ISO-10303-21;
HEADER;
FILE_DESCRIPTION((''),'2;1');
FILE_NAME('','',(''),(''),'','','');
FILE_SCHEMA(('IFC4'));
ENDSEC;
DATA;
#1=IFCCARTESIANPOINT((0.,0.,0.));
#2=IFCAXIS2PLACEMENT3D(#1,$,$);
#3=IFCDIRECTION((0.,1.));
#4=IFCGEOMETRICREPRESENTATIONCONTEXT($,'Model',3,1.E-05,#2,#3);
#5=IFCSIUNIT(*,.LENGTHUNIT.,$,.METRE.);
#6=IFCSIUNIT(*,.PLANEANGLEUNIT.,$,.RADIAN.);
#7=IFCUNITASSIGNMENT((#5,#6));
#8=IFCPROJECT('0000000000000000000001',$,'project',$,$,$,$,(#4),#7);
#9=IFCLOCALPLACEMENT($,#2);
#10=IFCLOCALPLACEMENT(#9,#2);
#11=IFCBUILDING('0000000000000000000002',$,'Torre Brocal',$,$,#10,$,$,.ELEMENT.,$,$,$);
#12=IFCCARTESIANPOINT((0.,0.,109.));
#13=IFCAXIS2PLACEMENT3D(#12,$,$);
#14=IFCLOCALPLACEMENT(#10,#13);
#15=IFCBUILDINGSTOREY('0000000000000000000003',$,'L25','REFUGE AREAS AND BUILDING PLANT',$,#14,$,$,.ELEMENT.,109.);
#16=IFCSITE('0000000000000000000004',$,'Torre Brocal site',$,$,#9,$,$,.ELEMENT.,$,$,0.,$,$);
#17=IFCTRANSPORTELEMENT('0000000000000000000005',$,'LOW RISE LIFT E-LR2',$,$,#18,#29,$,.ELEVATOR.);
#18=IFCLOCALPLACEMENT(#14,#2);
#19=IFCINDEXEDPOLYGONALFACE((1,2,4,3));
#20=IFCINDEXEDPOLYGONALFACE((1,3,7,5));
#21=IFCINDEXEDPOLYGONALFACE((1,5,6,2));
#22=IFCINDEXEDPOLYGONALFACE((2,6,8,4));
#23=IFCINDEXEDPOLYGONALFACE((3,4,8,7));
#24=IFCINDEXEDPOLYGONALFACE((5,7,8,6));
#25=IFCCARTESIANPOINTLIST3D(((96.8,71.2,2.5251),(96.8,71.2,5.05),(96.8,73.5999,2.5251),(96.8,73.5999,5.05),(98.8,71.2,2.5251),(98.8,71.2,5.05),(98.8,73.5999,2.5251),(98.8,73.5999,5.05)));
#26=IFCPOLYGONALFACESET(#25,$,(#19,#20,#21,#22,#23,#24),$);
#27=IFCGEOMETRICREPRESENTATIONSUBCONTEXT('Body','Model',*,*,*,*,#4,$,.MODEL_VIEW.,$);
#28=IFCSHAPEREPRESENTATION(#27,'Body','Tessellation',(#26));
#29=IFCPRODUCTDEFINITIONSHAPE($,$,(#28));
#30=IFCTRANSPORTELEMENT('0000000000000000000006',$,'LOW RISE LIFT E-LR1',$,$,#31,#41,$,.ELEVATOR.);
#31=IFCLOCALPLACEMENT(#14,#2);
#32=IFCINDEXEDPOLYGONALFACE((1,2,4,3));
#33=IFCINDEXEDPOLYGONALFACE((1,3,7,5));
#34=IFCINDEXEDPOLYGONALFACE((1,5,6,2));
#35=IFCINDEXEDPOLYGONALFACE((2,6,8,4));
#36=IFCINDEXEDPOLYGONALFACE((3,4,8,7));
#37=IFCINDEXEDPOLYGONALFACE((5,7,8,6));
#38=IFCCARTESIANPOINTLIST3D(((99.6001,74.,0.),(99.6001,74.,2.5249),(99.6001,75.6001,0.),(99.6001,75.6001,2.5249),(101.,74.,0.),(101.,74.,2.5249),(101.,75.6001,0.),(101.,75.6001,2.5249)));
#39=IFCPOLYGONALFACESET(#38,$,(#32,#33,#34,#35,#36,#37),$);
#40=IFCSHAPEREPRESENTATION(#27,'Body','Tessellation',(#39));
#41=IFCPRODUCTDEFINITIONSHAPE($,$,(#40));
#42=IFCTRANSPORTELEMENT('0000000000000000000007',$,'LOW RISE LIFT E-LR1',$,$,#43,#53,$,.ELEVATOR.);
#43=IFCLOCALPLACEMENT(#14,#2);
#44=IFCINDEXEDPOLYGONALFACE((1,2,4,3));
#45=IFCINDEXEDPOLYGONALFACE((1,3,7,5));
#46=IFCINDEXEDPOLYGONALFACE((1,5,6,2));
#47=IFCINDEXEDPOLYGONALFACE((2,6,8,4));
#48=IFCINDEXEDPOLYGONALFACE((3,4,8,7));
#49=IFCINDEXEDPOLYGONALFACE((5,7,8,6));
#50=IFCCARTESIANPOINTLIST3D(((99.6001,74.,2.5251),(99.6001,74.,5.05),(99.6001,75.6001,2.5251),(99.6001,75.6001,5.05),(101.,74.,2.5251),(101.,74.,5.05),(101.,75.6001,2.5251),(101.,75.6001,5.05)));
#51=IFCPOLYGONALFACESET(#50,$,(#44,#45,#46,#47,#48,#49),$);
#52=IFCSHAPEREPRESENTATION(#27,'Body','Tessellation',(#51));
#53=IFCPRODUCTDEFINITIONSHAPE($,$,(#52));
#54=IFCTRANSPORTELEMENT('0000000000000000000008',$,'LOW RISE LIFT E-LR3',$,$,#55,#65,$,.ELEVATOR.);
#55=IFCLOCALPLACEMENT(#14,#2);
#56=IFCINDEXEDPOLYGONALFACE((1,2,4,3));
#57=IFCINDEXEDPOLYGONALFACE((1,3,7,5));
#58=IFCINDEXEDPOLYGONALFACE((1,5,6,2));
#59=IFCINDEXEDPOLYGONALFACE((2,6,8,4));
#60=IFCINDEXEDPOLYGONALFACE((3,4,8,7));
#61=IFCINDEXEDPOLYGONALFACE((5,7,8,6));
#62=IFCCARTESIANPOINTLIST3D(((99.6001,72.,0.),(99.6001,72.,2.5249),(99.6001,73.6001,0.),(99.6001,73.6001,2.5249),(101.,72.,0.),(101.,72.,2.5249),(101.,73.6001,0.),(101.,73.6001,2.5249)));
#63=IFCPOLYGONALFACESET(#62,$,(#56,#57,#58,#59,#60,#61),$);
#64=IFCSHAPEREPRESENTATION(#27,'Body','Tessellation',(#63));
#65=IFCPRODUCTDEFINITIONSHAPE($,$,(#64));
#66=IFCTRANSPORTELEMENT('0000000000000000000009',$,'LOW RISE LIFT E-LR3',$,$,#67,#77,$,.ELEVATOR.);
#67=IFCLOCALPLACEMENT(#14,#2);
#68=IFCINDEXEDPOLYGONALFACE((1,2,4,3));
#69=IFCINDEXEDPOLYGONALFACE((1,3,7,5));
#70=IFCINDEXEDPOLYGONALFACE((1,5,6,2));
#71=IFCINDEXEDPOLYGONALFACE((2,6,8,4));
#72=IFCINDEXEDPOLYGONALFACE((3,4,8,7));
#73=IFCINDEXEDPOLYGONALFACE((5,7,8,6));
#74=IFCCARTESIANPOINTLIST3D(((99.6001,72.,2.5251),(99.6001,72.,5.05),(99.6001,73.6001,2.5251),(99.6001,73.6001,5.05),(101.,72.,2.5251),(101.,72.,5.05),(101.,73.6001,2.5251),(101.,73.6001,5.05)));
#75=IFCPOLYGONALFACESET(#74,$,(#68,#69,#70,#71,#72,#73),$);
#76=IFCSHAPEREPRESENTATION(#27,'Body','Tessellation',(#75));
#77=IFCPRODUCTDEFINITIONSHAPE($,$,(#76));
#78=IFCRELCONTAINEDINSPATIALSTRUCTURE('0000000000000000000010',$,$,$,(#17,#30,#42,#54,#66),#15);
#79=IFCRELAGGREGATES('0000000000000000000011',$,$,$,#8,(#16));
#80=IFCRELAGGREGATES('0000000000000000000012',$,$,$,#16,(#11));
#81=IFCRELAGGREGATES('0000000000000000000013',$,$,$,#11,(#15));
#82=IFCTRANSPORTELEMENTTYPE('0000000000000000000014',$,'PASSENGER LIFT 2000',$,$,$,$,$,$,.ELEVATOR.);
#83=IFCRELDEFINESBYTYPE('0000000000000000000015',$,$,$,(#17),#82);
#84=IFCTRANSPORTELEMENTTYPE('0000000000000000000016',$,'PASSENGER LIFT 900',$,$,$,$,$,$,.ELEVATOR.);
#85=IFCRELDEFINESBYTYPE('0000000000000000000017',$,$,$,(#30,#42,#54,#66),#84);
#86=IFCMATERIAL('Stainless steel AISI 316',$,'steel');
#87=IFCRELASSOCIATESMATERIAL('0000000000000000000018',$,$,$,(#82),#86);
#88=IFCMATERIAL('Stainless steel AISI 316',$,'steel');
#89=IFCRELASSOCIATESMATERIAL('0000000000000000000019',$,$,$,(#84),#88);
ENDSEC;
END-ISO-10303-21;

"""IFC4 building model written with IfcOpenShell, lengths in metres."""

from ifc_helpers import new_model, si_unit, direction, frame, origin, origin_2d, place, context, subcontext, project, spatial, rectangle, extrude, material, type_object, element, save


model = new_model("IFC4")

# Units and contexts
model_context = context("Model", 3, precision=1e-05, world=origin(), true_north=direction((0.0, 1.0)))
body_context = subcontext(model_context, "Body", "Model", "MODEL_VIEW")
ifc_project = project(units=[si_unit("LENGTHUNIT", "METRE"), si_unit("PLANEANGLEUNIT", "RADIAN")], contexts=[model_context])

# Site, building, storey
site_placement = place(None, origin())
site = spatial("IfcSite", under=ifc_project, at=site_placement, Name="Torre Brocal site", CompositionType="ELEMENT", RefElevation=0.0)
building_placement = place(site_placement, origin())
building = spatial("IfcBuilding", under=site, at=building_placement, Name="Torre Brocal", CompositionType="ELEMENT")
storey_placement = place(building_placement, frame((0.0, 0.0, 109.0)))
storey = spatial("IfcBuildingStorey", under=building, at=storey_placement, Name="L25", Description="REFUGE AREAS AND BUILDING PLANT", CompositionType="ELEMENT", Elevation=109.0)

# Transport elements
ifc_material_1 = material(Name="Stainless steel AISI 316", Category="steel")
transport_element_type_1 = type_object("IfcTransportElementType", Name="PASSENGER LIFT 2000", PredefinedType="ELEVATOR", material=ifc_material_1)
for number, where, z_axis, x_axis, name in (
    (1, (97.8, 72.3999, 2.5251), (0.0, 0.0, 1.0), (1.0, 0.0, 0.0), "LOW RISE LIFT E-LR2"),
):
    element("IfcTransportElement", number, at=place(storey_placement, frame(where, z_axis=z_axis, x_axis=x_axis)), inside=storey, type_object=transport_element_type_1, Name=name, PredefinedType="ELEVATOR", context=body_context, shape_type="SweptSolid", body=[
        extrude(rectangle(XDim=2.0, YDim=2.3999, at=origin_2d()), origin(), (0.0, 0.0, 1.0), 2.5249),
    ])
ifc_material_2 = material(Name="Stainless steel AISI 316", Category="steel")
transport_element_type_2 = type_object("IfcTransportElementType", Name="PASSENGER LIFT 900", PredefinedType="ELEVATOR", material=ifc_material_2)
for number, where, z_axis, x_axis, name in (
    (2, (100.3, 74.8, 0.0), (0.0, 0.0, 1.0), (1.0, 0.0, 0.0), "LOW RISE LIFT E-LR1"),
    (3, (100.3, 74.8, 2.5251), (0.0, 0.0, 1.0), (1.0, 0.0, 0.0), "LOW RISE LIFT E-LR1"),
    (4, (100.3, 72.8, 0.0), (0.0, 0.0, 1.0), (1.0, 0.0, 0.0), "LOW RISE LIFT E-LR3"),
    (5, (100.3, 72.8, 2.5251), (0.0, 0.0, 1.0), (1.0, 0.0, 0.0), "LOW RISE LIFT E-LR3"),
):
    element("IfcTransportElement", number, at=place(storey_placement, frame(where, z_axis=z_axis, x_axis=x_axis)), inside=storey, type_object=transport_element_type_2, Name=name, PredefinedType="ELEVATOR", context=body_context, shape_type="SweptSolid", body=[
        extrude(rectangle(XDim=1.3999, YDim=1.6001, at=origin_2d()), origin(), (0.0, 0.0, 1.0), 2.5249),
    ])

save(model, "model.ifc")
